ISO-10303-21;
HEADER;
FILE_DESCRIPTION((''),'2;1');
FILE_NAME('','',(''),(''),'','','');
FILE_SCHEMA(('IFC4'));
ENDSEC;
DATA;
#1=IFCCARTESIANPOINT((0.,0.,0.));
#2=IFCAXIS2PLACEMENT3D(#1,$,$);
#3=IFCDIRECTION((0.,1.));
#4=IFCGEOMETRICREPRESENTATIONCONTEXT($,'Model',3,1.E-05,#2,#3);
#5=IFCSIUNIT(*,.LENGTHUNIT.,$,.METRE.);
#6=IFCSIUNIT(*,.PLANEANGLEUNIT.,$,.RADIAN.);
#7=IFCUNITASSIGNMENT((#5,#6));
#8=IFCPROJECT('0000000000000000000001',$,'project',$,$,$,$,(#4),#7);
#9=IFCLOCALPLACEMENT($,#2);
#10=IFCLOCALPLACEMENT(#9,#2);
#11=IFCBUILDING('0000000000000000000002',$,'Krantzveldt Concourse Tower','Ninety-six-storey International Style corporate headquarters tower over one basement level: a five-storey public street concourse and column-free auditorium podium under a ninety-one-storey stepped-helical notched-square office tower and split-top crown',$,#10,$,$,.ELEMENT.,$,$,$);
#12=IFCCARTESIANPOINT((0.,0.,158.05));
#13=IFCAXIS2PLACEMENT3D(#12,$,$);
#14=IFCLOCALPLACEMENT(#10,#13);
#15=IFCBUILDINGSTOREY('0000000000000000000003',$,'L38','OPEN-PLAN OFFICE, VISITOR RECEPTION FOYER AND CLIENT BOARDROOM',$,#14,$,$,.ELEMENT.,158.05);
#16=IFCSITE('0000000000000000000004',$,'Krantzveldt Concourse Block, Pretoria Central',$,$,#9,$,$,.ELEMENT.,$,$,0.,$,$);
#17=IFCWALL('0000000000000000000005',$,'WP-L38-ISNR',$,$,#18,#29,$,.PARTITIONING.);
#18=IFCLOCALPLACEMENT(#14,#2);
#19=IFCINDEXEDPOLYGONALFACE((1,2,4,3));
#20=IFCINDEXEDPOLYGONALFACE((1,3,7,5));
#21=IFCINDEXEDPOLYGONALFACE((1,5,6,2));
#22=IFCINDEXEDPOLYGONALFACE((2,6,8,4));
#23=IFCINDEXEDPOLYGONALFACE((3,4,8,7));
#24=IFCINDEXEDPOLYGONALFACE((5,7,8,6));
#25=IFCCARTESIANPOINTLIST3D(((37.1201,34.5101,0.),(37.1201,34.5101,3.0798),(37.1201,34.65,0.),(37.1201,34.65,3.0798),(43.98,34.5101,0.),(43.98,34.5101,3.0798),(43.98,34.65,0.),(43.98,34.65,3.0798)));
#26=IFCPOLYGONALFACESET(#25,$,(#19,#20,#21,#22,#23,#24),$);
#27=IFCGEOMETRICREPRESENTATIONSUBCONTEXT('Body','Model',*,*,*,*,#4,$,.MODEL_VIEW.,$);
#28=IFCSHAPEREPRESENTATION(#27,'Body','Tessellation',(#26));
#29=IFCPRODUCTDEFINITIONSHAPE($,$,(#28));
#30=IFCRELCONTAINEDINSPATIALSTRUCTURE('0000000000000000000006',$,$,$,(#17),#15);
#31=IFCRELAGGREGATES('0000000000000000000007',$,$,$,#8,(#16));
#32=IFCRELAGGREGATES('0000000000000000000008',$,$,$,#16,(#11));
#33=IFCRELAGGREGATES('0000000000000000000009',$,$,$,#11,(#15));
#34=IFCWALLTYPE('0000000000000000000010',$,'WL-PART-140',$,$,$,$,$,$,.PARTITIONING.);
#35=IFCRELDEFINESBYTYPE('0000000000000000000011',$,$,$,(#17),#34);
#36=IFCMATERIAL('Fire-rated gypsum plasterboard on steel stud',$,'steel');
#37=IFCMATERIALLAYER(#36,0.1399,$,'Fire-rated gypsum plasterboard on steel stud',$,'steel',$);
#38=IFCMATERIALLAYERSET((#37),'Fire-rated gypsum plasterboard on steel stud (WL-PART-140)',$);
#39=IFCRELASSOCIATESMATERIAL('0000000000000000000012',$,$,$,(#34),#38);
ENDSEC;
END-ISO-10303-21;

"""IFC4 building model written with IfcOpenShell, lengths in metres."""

from ifc_helpers import new_model, si_unit, direction, frame, frame_2d, origin, place, context, subcontext, project, spatial, rectangle, extrude, material, layer, layer_set, type_object, element, save


model = new_model("IFC4")

# Units and contexts
model_context = context("Model", 3, precision=1e-05, world=origin(), true_north=direction((0.0, 1.0)))
body_context = subcontext(model_context, "Body", "Model", "MODEL_VIEW")
ifc_project = project(units=[si_unit("LENGTHUNIT", "METRE"), si_unit("PLANEANGLEUNIT", "RADIAN")], contexts=[model_context])

# Site, building, storey
site_placement = place(None, origin())
site = spatial("IfcSite", under=ifc_project, at=site_placement, Name="Krantzveldt Concourse Block, Pretoria Central", CompositionType="ELEMENT", RefElevation=0.0)
building_placement = place(site_placement, origin())
building = spatial("IfcBuilding", under=site, at=building_placement, Name="Krantzveldt Concourse Tower", Description="Ninety-six-storey International Style corporate headquarters tower over one basement level: a five-storey public street concourse and column-free auditorium podium under a ninety-one-storey stepped-helical notched-square office tower and split-top crown", CompositionType="ELEMENT")
storey_placement = place(building_placement, frame((0.0, 0.0, 158.05)))
storey = spatial("IfcBuildingStorey", under=building, at=storey_placement, Name="L38", Description="OPEN-PLAN OFFICE, VISITOR RECEPTION FOYER AND CLIENT BOARDROOM", CompositionType="ELEMENT", Elevation=158.05)

# Shared definitions
ifc_material_1 = material(Name="Fire-rated gypsum plasterboard on steel stud", Category="steel")

# Wall
ifc_layer_1 = layer(ifc_material_1, 0.1399, Name="Fire-rated gypsum plasterboard on steel stud", Category="steel")
ifc_layer_set_1 = layer_set([ifc_layer_1], Name="Fire-rated gypsum plasterboard on steel stud (WL-PART-140)")
wall_type_1 = type_object("IfcWallType", Name="WL-PART-140", PredefinedType="PARTITIONING", material=ifc_layer_set_1)
wall_1_placement = place(storey_placement, frame((37.1201, 34.5801, 0.0), z_axis=(0.0, 0.0, 1.0), x_axis=(1.0, 0.0, 0.0)))
element("IfcWall", 1, at=wall_1_placement, inside=storey, type_object=wall_type_1, Name="WP-L38-ISNR", PredefinedType="PARTITIONING", context=body_context, shape_type="SweptSolid", body=[
    extrude(rectangle(XDim=6.8599, YDim=0.1399, at=frame_2d((3.4299, 0.0))), origin(), (0.0, 0.0, 1.0), 3.0798),
])

save(model, "model.ifc")
